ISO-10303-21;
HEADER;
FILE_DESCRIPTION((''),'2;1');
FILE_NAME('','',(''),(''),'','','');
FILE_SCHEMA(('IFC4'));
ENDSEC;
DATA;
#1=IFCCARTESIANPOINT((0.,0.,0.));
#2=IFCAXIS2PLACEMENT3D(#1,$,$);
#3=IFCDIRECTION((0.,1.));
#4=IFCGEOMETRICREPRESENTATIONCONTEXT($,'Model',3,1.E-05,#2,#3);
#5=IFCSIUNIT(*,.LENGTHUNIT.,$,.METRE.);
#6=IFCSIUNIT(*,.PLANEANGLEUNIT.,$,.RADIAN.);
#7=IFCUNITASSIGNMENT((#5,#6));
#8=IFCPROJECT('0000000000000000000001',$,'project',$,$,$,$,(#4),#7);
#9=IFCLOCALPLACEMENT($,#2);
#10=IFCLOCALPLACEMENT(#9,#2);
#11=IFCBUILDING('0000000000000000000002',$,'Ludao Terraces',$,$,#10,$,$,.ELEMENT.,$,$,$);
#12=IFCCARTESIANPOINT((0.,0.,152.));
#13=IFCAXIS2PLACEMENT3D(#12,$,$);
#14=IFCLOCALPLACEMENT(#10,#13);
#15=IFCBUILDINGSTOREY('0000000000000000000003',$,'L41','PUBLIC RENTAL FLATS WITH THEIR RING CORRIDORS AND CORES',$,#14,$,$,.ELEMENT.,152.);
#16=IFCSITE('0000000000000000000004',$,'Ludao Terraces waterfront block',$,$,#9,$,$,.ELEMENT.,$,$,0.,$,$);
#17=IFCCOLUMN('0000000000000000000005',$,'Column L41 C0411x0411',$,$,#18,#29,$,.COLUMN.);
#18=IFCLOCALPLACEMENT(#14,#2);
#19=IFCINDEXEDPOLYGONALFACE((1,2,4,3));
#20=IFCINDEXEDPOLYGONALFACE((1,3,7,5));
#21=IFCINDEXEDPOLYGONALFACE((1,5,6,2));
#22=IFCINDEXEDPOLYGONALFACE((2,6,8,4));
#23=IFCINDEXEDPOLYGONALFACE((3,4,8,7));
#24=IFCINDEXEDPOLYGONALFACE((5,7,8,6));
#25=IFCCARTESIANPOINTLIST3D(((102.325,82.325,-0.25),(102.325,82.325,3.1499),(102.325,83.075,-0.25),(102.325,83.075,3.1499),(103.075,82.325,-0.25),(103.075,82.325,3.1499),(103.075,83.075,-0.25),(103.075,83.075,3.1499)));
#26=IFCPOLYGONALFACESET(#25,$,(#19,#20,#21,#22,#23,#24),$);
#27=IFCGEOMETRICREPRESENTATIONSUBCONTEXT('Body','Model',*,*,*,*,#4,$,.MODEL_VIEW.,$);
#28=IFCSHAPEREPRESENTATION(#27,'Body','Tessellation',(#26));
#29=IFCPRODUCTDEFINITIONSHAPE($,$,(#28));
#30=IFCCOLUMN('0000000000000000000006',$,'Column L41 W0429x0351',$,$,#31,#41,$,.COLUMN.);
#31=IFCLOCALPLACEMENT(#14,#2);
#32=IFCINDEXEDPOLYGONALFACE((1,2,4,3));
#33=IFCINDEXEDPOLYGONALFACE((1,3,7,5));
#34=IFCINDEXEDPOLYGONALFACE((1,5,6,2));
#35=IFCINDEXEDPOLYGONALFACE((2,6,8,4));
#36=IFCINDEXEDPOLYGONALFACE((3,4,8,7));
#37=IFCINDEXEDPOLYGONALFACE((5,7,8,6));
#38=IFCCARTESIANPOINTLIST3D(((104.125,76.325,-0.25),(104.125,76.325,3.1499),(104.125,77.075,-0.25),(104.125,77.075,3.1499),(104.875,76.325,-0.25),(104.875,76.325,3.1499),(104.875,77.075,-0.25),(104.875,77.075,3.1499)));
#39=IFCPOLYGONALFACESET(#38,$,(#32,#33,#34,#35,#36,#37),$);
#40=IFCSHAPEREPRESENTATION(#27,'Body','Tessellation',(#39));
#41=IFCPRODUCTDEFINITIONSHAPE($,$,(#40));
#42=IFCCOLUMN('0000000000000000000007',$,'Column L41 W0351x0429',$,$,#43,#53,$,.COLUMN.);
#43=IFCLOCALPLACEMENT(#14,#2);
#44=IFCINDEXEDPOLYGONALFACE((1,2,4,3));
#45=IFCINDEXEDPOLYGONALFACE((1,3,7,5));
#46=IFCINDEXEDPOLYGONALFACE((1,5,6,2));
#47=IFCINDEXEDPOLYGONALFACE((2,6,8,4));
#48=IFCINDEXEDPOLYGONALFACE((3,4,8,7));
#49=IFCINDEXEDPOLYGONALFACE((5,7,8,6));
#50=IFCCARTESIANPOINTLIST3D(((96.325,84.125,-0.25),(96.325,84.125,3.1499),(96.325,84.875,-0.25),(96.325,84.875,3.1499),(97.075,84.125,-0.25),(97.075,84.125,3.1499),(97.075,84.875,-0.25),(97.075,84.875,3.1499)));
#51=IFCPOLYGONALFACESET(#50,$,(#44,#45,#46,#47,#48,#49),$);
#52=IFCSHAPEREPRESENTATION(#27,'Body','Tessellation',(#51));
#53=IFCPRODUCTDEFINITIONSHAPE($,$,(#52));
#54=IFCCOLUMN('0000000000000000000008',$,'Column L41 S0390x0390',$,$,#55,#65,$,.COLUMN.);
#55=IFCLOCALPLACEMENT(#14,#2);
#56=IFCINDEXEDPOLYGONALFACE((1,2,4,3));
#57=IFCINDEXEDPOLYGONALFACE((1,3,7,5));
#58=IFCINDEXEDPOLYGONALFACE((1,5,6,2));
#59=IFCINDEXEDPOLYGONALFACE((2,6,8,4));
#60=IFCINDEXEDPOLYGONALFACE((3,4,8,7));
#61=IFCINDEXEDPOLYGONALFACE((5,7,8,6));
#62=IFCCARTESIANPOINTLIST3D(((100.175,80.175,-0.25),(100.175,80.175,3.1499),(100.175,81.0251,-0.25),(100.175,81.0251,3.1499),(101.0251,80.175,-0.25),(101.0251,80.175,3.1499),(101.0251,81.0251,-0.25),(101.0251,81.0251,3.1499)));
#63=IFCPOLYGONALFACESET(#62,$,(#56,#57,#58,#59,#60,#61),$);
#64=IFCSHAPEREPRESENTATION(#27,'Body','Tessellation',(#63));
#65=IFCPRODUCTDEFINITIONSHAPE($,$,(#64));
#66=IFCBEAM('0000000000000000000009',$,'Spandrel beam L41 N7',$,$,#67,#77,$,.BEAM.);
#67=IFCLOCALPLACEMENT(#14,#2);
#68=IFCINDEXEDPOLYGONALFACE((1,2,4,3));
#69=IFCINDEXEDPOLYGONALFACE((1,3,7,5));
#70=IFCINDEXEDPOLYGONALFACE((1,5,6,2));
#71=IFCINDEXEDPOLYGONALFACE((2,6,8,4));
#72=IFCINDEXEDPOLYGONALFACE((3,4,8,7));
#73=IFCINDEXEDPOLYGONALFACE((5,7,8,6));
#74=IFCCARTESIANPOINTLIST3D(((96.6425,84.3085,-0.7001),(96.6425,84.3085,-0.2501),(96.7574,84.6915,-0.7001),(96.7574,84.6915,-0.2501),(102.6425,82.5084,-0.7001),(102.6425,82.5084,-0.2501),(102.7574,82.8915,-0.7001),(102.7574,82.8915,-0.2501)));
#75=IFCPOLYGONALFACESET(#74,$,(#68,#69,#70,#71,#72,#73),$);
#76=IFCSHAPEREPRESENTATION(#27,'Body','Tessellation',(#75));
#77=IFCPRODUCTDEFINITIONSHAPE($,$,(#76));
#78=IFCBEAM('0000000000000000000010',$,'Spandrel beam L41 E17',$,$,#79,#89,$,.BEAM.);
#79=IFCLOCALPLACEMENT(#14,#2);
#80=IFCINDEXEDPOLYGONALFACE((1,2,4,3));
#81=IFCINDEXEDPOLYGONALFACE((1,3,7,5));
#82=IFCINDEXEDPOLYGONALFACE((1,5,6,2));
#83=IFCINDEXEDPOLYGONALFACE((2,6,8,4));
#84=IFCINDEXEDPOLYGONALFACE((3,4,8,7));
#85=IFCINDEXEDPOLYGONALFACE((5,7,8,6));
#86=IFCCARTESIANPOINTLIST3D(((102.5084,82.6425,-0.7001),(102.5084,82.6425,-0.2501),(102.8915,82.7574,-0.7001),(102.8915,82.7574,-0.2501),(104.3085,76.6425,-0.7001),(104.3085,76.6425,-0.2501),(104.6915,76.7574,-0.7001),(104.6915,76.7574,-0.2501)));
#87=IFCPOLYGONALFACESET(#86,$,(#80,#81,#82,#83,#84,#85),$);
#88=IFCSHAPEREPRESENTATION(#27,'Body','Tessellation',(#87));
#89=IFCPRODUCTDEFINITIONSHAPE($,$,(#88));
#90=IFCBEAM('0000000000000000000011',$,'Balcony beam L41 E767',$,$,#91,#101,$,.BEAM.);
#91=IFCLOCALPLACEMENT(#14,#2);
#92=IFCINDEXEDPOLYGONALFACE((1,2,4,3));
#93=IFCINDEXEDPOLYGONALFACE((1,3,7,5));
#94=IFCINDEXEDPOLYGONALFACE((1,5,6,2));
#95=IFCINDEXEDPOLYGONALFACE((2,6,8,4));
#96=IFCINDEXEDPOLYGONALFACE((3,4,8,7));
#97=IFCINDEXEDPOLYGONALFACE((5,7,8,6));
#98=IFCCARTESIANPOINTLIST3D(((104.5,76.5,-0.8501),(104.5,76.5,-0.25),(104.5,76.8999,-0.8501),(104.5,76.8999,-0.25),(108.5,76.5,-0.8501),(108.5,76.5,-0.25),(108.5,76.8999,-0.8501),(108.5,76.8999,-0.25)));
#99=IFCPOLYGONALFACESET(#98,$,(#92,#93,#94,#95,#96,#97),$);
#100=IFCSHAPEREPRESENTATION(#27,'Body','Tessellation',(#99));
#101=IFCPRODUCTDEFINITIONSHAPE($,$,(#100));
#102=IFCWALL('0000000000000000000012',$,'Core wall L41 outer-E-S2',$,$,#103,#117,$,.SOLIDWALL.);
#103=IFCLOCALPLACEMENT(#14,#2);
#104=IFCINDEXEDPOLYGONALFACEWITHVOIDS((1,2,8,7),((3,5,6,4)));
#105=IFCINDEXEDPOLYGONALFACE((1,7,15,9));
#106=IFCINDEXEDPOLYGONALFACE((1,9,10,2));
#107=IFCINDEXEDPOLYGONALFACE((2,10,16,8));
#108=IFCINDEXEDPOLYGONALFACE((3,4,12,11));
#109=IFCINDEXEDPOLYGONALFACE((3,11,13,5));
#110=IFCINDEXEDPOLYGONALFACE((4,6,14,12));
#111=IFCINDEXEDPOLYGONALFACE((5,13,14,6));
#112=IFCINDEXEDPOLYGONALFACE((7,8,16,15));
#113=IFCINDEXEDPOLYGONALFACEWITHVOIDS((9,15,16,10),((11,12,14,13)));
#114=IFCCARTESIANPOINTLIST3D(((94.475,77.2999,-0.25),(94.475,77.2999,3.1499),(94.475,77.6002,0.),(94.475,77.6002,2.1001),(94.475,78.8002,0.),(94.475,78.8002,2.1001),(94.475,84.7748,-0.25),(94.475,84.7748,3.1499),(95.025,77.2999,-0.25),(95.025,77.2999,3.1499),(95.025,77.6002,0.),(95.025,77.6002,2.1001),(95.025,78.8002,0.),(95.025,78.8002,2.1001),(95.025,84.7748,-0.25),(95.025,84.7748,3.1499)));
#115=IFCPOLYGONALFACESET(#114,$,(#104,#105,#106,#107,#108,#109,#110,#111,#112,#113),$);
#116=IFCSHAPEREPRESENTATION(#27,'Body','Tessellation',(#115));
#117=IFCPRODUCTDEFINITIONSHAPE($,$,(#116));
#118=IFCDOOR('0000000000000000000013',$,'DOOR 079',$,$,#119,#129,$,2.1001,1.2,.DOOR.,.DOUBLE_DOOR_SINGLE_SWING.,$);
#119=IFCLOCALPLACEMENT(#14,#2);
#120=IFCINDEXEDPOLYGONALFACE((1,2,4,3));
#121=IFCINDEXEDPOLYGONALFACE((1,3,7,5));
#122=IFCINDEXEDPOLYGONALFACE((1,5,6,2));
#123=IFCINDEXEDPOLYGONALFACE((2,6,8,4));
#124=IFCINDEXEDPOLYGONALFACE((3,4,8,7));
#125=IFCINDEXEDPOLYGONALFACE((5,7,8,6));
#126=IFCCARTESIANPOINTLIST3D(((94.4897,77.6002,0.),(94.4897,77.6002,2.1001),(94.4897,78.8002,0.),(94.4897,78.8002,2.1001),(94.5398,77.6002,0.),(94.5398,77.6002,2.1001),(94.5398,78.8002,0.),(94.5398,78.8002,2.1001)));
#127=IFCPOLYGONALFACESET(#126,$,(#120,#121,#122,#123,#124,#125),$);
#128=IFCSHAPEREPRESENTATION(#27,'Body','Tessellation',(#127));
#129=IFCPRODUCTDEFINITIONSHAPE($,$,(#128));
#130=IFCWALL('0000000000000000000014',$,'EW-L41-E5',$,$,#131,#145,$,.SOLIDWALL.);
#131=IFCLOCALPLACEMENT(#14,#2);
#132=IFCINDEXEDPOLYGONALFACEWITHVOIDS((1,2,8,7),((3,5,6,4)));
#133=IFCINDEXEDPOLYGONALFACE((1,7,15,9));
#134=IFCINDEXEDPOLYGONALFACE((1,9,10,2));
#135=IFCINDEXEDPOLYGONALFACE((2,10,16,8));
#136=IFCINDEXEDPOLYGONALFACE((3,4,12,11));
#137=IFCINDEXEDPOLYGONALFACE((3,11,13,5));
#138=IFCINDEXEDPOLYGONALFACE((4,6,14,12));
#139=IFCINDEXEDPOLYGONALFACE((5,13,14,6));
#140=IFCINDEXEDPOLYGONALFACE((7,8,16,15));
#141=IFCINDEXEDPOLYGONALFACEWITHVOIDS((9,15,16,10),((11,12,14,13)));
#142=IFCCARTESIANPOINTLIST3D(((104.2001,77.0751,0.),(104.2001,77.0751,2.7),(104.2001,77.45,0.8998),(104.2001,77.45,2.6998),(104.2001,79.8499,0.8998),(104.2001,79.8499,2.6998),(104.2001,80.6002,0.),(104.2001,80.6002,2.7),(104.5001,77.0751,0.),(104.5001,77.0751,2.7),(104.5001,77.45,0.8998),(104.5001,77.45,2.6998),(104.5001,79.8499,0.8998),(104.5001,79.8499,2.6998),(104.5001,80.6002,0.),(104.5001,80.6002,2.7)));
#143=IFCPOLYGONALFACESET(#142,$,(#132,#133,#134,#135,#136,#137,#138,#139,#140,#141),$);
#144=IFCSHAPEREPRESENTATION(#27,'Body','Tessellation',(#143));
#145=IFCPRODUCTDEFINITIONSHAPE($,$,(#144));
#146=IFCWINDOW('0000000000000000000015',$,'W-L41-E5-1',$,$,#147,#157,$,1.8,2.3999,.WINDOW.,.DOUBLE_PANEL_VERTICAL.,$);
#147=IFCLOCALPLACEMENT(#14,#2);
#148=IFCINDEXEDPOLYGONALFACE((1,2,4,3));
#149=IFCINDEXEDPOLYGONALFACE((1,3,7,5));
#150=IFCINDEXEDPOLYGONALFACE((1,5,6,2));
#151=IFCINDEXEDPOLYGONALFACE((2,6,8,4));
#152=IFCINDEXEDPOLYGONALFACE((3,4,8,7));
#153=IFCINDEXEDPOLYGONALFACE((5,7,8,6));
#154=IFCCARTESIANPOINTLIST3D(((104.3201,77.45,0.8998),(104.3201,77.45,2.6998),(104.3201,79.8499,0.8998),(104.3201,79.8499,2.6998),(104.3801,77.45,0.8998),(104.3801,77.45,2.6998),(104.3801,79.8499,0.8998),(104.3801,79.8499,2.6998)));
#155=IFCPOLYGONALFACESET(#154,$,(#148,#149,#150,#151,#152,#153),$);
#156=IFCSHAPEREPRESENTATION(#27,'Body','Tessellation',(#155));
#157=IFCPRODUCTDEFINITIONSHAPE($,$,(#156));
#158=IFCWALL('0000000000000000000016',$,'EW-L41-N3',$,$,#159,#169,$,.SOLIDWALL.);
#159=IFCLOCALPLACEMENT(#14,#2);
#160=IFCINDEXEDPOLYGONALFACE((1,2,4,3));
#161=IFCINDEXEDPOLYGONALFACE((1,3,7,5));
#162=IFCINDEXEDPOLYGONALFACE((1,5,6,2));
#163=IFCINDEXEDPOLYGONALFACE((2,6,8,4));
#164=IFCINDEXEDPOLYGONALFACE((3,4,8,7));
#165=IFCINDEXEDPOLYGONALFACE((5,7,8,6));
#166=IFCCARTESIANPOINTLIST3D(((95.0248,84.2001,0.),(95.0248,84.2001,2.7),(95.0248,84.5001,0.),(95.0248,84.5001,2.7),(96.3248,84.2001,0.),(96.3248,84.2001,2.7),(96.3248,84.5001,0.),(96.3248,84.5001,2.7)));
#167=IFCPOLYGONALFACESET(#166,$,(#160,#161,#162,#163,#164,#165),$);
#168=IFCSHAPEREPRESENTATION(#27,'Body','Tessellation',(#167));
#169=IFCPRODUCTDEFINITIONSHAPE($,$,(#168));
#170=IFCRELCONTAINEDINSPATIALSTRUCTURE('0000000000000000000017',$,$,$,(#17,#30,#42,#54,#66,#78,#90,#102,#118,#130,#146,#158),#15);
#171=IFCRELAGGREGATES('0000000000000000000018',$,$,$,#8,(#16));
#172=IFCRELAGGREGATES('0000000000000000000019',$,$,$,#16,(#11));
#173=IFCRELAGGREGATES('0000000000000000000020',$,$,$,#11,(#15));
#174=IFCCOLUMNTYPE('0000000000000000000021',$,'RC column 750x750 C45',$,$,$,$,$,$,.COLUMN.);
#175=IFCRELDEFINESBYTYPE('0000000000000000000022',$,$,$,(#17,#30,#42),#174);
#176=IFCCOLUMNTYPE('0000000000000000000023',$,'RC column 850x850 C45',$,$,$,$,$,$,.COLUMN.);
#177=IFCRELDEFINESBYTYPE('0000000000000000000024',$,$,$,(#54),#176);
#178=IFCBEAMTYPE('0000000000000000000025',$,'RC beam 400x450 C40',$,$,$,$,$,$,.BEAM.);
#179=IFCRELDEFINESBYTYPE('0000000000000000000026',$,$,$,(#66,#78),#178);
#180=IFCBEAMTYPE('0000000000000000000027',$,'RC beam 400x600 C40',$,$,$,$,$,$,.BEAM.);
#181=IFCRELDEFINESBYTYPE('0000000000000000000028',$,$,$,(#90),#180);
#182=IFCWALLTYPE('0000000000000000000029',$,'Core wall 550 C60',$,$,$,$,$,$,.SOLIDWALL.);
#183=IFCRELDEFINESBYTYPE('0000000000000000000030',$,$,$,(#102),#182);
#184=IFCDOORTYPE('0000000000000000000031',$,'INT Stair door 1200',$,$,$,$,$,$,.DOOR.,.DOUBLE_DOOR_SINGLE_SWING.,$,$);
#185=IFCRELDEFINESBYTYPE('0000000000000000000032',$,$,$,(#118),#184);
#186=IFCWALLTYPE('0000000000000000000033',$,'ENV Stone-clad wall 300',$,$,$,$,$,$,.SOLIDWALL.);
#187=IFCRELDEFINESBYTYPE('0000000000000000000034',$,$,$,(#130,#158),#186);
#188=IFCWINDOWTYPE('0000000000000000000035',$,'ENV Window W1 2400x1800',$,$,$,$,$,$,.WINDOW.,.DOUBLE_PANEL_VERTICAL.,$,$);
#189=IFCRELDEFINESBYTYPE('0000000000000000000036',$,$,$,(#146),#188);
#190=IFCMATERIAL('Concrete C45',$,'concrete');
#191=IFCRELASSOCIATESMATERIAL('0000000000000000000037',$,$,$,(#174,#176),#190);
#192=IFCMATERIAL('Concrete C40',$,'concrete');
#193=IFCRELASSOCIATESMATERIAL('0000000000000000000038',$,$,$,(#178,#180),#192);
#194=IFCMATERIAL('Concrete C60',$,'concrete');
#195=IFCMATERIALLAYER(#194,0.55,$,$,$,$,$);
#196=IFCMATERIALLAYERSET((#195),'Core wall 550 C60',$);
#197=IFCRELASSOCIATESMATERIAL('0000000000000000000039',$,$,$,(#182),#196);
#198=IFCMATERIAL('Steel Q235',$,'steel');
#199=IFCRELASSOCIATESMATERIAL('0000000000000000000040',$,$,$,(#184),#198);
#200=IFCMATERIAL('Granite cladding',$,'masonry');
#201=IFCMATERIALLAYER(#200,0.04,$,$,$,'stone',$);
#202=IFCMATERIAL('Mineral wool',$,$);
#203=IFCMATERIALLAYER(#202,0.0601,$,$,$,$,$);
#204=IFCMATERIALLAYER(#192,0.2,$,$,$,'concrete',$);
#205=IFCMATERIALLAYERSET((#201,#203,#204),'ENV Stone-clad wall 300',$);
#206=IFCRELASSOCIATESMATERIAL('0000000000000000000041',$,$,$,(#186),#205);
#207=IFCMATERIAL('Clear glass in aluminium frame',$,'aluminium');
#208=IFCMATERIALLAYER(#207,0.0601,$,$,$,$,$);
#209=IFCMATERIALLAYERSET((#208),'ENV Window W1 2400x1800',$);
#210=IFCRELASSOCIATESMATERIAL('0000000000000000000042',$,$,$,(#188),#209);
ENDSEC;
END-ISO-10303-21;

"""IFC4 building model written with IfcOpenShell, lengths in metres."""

from ifc_helpers import new_model, si_unit, direction, frame, frame_2d, origin, origin_2d, place, context, subcontext, project, spatial, rectangle, extrude, material, layer, layer_set, material_profile, profile_set, type_object, element, fill, save


model = new_model("IFC4")

# Units and contexts
model_context = context("Model", 3, precision=1e-05, world=origin(), true_north=direction((0.0, 1.0)))
body_context = subcontext(model_context, "Body", "Model", "MODEL_VIEW")
ifc_project = project(units=[si_unit("LENGTHUNIT", "METRE"), si_unit("PLANEANGLEUNIT", "RADIAN")], contexts=[model_context])

# Site, building, storey
site_placement = place(None, origin())
site = spatial("IfcSite", under=ifc_project, at=site_placement, Name="Ludao Terraces waterfront block", CompositionType="ELEMENT", RefElevation=0.0)
building_placement = place(site_placement, origin())
building = spatial("IfcBuilding", under=site, at=building_placement, Name="Ludao Terraces", CompositionType="ELEMENT")
storey_placement = place(building_placement, frame((0.0, 0.0, 152.0)))
storey = spatial("IfcBuildingStorey", under=building, at=storey_placement, Name="L41", Description="PUBLIC RENTAL FLATS WITH THEIR RING CORRIDORS AND CORES", CompositionType="ELEMENT", Elevation=152.0)

# Columns
ifc_material_1 = material(Name="Concrete C45", Category="concrete")
ifc_material_profile_1 = material_profile(ifc_material_1, rectangle(XDim=0.75, YDim=0.75, at=origin_2d()), Name="750 X 750")
ifc_profile_set_1 = profile_set([ifc_material_profile_1], Name="Concrete C45")
column_type_1 = type_object("IfcColumnType", Name="RC column 750x750 C45", PredefinedType="COLUMN", material=ifc_profile_set_1)
for number, where, z_axis, x_axis, name in (
    (1, (102.7, 82.7, -0.25), (0.0, 0.0, 1.0), (1.0, 0.0, 0.0), "Column L41 C0411x0411"),
    (2, (104.5, 76.7, -0.25), (0.0, 0.0, 1.0), (1.0, 0.0, 0.0), "Column L41 W0429x0351"),
    (3, (96.7, 84.5, -0.25), (0.0, 0.0, 1.0), (1.0, 0.0, 0.0), "Column L41 W0351x0429"),
):
    element("IfcColumn", number, at=place(storey_placement, frame(where, z_axis=z_axis, x_axis=x_axis)), inside=storey, type_object=column_type_1, Name=name, PredefinedType="COLUMN", context=body_context, shape_type="SweptSolid", body=[
        extrude(rectangle(XDim=0.75, YDim=0.75, at=origin_2d()), origin(), (0.0, 0.0, 1.0), 3.3999),
    ])
ifc_material_profile_2 = material_profile(ifc_material_1, rectangle(XDim=0.8501, YDim=0.8501, at=origin_2d()), Name="850 X 850")
ifc_profile_set_2 = profile_set([ifc_material_profile_2], Name="Concrete C45")
column_type_2 = type_object("IfcColumnType", Name="RC column 850x850 C45", PredefinedType="COLUMN", material=ifc_profile_set_2)
column_placement = place(storey_placement, frame((100.6001, 80.6001, -0.25), z_axis=(0.0, 0.0, 1.0), x_axis=(1.0, 0.0, 0.0)))
element("IfcColumn", 4, at=column_placement, inside=storey, type_object=column_type_2, Name="Column L41 S0390x0390", PredefinedType="COLUMN", context=body_context, shape_type="SweptSolid", body=[
    extrude(rectangle(XDim=0.8501, YDim=0.8501, at=origin_2d()), origin(), (0.0, 0.0, 1.0), 3.3999),
])

# Beams
ifc_material_2 = material(Name="Concrete C40", Category="concrete")
ifc_material_profile_3 = material_profile(ifc_material_2, rectangle(XDim=0.3999, YDim=0.45, at=origin_2d()), Name="400 X 450")
ifc_profile_set_3 = profile_set([ifc_material_profile_3], Name="Concrete C40")
beam_type_1 = type_object("IfcBeamType", Name="RC beam 400x450 C40", PredefinedType="BEAM", material=ifc_profile_set_3)
for number, where, z_axis, x_axis, name in (
    (5, (96.7, 84.5, -0.4751), (0.957824, -0.287355, 0.0), (0.287355, 0.957824, 0.0), "Spandrel beam L41 N7"),
    (6, (104.5, 76.7, -0.4751), (-0.287355, 0.957824, 0.0), (-0.957824, -0.287355, 0.0), "Spandrel beam L41 E17"),
):
    element("IfcBeam", number, at=place(storey_placement, frame(where, z_axis=z_axis, x_axis=x_axis)), inside=storey, type_object=beam_type_1, Name=name, PredefinedType="BEAM", context=body_context, shape_type="SweptSolid", body=[
        extrude(rectangle(XDim=0.3999, YDim=0.45, at=origin_2d()), origin(), (0.0, 0.0, 1.0), 6.2642),
    ])
ifc_material_profile_4 = material_profile(ifc_material_2, rectangle(XDim=0.3999, YDim=0.6001, at=origin_2d()), Name="400 X 600")
ifc_profile_set_4 = profile_set([ifc_material_profile_4], Name="Concrete C40")
beam_type_2 = type_object("IfcBeamType", Name="RC beam 400x600 C40", PredefinedType="BEAM", material=ifc_profile_set_4)
beam_placement = place(storey_placement, frame((104.5, 76.7, -0.55), z_axis=(1.0, 0.0, 0.0), x_axis=(0.0, 1.0, 0.0)))
element("IfcBeam", 7, at=beam_placement, inside=storey, type_object=beam_type_2, Name="Balcony beam L41 E767", PredefinedType="BEAM", context=body_context, shape_type="SweptSolid", body=[
    extrude(rectangle(XDim=0.3999, YDim=0.6001, at=origin_2d()), origin(), (0.0, 0.0, 1.0), 4.0),
])

# Wall, opening, door
ifc_material_3 = material(Name="Concrete C60", Category="concrete")
ifc_layer_1 = layer(ifc_material_3, 0.55)
ifc_layer_set_1 = layer_set([ifc_layer_1], Name="Core wall 550 C60")
wall_type_1 = type_object("IfcWallType", Name="Core wall 550 C60", PredefinedType="SOLIDWALL", material=ifc_layer_set_1)
wall_1_placement = place(storey_placement, frame((94.75, 77.3, -0.25), z_axis=(0.0, 0.0, 1.0), x_axis=(0.0, 1.0, 0.0)))
wall_1 = element("IfcWall", 8, at=wall_1_placement, inside=storey, type_object=wall_type_1, Name="Core wall L41 outer-E-S2", PredefinedType="SOLIDWALL", context=body_context, shape_type="SweptSolid", body=[
    extrude(rectangle(XDim=7.4749, YDim=0.55, at=frame_2d((3.7373, 0.0))), origin(), (0.0, 0.0, 1.0), 3.3999),
])
opening_1_placement = place(wall_1_placement, frame((0.3, 0.0, 0.25)))
opening_1 = element("IfcOpeningElement", 9, at=opening_1_placement, cuts=wall_1, PredefinedType="OPENING", context=body_context, shape_type="SweptSolid", body=[
    extrude(rectangle(XDim=1.2, YDim=2.1001, at=frame_2d((0.6001, 1.05))), frame((0.0, 0.2852, 0.0), z_axis=(0.0, -1.0, 0.0), x_axis=(1.0, 0.0, 0.0)), (0.0, 0.0, 1.0), 0.5701),
])
ifc_material_4 = material(Name="Steel Q235", Category="steel")
door_type_1 = type_object("IfcDoorType", Name="INT Stair door 1200", OperationType="DOUBLE_DOOR_SINGLE_SWING", PredefinedType="DOOR", material=ifc_material_4)
door_1_placement = place(opening_1_placement, origin())
door_1 = element("IfcDoor", 10, at=door_1_placement, inside=storey, type_object=door_type_1, Name="DOOR 079", OperationType="DOUBLE_DOOR_SINGLE_SWING", OverallHeight=2.1001, OverallWidth=1.2, PredefinedType="DOOR", context=body_context, shape_type="SweptSolid", body=[
    extrude(rectangle(XDim=1.2, YDim=2.1001, at=frame_2d((0.6001, 1.05))), frame((0.0, 0.2603, 0.0), z_axis=(0.0, -1.0, 0.0), x_axis=(1.0, 0.0, 0.0)), (0.0, 0.0, 1.0), 0.05),
])
fill(opening_1, door_1)

# Wall, opening, window
ifc_material_5 = material(Name="Granite cladding", Category="masonry")
ifc_layer_2 = layer(ifc_material_5, 0.04, Category="stone")
ifc_material_6 = material(Name="Mineral wool")
ifc_layer_3 = layer(ifc_material_6, 0.0601)
ifc_layer_4 = layer(ifc_material_2, 0.2, Category="concrete")
ifc_layer_set_2 = layer_set([ifc_layer_2, ifc_layer_3, ifc_layer_4], Name="ENV Stone-clad wall 300")
wall_type_2 = type_object("IfcWallType", Name="ENV Stone-clad wall 300", PredefinedType="SOLIDWALL", material=ifc_layer_set_2)
wall_2_placement = place(storey_placement, frame((104.3501, 77.075, 0.0), z_axis=(0.0, 0.0, 1.0), x_axis=(0.0, 1.0, 0.0)))
wall_2 = element("IfcWall", 11, at=wall_2_placement, inside=storey, type_object=wall_type_2, Name="EW-L41-E5", PredefinedType="SOLIDWALL", context=body_context, shape_type="SweptSolid", body=[
    extrude(rectangle(XDim=3.5251, YDim=0.3, at=frame_2d((1.7627, 0.0))), origin(), (0.0, 0.0, 1.0), 2.7),
])
opening_2_placement = place(wall_2_placement, frame((0.375, 0.0, 0.8999)))
opening_2 = element("IfcOpeningElement", 12, at=opening_2_placement, cuts=wall_2, PredefinedType="OPENING", context=body_context, shape_type="SweptSolid", body=[
    extrude(rectangle(XDim=2.3999, YDim=1.8, at=frame_2d((1.2, 0.8999))), frame((0.0, 0.1602, 0.0), z_axis=(0.0, -1.0, 0.0), x_axis=(1.0, 0.0, 0.0)), (0.0, 0.0, 1.0), 0.3201),
])
ifc_material_7 = material(Name="Clear glass in aluminium frame", Category="aluminium")
ifc_layer_5 = layer(ifc_material_7, 0.0601)
ifc_layer_set_3 = layer_set([ifc_layer_5], Name="ENV Window W1 2400x1800")
window_type_1 = type_object("IfcWindowType", Name="ENV Window W1 2400x1800", PartitioningType="DOUBLE_PANEL_VERTICAL", PredefinedType="WINDOW", material=ifc_layer_set_3)
window_1_placement = place(opening_2_placement, origin())
window_1 = element("IfcWindow", 13, at=window_1_placement, inside=storey, type_object=window_type_1, Name="W-L41-E5-1", OverallHeight=1.8, OverallWidth=2.3999, PartitioningType="DOUBLE_PANEL_VERTICAL", PredefinedType="WINDOW", context=body_context, shape_type="SweptSolid", body=[
    extrude(rectangle(XDim=2.3999, YDim=1.8, at=frame_2d((1.2, 0.8999))), frame((0.0, 0.03, 0.0), z_axis=(0.0, -1.0, 0.0), x_axis=(1.0, 0.0, 0.0)), (0.0, 0.0, 1.0), 0.0601),
])
fill(opening_2, window_1)

# Wall
wall_3_placement = place(storey_placement, frame((95.0249, 84.3501, 0.0), z_axis=(0.0, 0.0, 1.0), x_axis=(1.0, 0.0, 0.0)))
element("IfcWall", 14, at=wall_3_placement, inside=storey, type_object=wall_type_2, Name="EW-L41-N3", PredefinedType="SOLIDWALL", context=body_context, shape_type="SweptSolid", body=[
    extrude(rectangle(XDim=1.3, YDim=0.3, at=frame_2d((0.6499, 0.0))), origin(), (0.0, 0.0, 1.0), 2.7),
])

save(model, "model.ifc")
